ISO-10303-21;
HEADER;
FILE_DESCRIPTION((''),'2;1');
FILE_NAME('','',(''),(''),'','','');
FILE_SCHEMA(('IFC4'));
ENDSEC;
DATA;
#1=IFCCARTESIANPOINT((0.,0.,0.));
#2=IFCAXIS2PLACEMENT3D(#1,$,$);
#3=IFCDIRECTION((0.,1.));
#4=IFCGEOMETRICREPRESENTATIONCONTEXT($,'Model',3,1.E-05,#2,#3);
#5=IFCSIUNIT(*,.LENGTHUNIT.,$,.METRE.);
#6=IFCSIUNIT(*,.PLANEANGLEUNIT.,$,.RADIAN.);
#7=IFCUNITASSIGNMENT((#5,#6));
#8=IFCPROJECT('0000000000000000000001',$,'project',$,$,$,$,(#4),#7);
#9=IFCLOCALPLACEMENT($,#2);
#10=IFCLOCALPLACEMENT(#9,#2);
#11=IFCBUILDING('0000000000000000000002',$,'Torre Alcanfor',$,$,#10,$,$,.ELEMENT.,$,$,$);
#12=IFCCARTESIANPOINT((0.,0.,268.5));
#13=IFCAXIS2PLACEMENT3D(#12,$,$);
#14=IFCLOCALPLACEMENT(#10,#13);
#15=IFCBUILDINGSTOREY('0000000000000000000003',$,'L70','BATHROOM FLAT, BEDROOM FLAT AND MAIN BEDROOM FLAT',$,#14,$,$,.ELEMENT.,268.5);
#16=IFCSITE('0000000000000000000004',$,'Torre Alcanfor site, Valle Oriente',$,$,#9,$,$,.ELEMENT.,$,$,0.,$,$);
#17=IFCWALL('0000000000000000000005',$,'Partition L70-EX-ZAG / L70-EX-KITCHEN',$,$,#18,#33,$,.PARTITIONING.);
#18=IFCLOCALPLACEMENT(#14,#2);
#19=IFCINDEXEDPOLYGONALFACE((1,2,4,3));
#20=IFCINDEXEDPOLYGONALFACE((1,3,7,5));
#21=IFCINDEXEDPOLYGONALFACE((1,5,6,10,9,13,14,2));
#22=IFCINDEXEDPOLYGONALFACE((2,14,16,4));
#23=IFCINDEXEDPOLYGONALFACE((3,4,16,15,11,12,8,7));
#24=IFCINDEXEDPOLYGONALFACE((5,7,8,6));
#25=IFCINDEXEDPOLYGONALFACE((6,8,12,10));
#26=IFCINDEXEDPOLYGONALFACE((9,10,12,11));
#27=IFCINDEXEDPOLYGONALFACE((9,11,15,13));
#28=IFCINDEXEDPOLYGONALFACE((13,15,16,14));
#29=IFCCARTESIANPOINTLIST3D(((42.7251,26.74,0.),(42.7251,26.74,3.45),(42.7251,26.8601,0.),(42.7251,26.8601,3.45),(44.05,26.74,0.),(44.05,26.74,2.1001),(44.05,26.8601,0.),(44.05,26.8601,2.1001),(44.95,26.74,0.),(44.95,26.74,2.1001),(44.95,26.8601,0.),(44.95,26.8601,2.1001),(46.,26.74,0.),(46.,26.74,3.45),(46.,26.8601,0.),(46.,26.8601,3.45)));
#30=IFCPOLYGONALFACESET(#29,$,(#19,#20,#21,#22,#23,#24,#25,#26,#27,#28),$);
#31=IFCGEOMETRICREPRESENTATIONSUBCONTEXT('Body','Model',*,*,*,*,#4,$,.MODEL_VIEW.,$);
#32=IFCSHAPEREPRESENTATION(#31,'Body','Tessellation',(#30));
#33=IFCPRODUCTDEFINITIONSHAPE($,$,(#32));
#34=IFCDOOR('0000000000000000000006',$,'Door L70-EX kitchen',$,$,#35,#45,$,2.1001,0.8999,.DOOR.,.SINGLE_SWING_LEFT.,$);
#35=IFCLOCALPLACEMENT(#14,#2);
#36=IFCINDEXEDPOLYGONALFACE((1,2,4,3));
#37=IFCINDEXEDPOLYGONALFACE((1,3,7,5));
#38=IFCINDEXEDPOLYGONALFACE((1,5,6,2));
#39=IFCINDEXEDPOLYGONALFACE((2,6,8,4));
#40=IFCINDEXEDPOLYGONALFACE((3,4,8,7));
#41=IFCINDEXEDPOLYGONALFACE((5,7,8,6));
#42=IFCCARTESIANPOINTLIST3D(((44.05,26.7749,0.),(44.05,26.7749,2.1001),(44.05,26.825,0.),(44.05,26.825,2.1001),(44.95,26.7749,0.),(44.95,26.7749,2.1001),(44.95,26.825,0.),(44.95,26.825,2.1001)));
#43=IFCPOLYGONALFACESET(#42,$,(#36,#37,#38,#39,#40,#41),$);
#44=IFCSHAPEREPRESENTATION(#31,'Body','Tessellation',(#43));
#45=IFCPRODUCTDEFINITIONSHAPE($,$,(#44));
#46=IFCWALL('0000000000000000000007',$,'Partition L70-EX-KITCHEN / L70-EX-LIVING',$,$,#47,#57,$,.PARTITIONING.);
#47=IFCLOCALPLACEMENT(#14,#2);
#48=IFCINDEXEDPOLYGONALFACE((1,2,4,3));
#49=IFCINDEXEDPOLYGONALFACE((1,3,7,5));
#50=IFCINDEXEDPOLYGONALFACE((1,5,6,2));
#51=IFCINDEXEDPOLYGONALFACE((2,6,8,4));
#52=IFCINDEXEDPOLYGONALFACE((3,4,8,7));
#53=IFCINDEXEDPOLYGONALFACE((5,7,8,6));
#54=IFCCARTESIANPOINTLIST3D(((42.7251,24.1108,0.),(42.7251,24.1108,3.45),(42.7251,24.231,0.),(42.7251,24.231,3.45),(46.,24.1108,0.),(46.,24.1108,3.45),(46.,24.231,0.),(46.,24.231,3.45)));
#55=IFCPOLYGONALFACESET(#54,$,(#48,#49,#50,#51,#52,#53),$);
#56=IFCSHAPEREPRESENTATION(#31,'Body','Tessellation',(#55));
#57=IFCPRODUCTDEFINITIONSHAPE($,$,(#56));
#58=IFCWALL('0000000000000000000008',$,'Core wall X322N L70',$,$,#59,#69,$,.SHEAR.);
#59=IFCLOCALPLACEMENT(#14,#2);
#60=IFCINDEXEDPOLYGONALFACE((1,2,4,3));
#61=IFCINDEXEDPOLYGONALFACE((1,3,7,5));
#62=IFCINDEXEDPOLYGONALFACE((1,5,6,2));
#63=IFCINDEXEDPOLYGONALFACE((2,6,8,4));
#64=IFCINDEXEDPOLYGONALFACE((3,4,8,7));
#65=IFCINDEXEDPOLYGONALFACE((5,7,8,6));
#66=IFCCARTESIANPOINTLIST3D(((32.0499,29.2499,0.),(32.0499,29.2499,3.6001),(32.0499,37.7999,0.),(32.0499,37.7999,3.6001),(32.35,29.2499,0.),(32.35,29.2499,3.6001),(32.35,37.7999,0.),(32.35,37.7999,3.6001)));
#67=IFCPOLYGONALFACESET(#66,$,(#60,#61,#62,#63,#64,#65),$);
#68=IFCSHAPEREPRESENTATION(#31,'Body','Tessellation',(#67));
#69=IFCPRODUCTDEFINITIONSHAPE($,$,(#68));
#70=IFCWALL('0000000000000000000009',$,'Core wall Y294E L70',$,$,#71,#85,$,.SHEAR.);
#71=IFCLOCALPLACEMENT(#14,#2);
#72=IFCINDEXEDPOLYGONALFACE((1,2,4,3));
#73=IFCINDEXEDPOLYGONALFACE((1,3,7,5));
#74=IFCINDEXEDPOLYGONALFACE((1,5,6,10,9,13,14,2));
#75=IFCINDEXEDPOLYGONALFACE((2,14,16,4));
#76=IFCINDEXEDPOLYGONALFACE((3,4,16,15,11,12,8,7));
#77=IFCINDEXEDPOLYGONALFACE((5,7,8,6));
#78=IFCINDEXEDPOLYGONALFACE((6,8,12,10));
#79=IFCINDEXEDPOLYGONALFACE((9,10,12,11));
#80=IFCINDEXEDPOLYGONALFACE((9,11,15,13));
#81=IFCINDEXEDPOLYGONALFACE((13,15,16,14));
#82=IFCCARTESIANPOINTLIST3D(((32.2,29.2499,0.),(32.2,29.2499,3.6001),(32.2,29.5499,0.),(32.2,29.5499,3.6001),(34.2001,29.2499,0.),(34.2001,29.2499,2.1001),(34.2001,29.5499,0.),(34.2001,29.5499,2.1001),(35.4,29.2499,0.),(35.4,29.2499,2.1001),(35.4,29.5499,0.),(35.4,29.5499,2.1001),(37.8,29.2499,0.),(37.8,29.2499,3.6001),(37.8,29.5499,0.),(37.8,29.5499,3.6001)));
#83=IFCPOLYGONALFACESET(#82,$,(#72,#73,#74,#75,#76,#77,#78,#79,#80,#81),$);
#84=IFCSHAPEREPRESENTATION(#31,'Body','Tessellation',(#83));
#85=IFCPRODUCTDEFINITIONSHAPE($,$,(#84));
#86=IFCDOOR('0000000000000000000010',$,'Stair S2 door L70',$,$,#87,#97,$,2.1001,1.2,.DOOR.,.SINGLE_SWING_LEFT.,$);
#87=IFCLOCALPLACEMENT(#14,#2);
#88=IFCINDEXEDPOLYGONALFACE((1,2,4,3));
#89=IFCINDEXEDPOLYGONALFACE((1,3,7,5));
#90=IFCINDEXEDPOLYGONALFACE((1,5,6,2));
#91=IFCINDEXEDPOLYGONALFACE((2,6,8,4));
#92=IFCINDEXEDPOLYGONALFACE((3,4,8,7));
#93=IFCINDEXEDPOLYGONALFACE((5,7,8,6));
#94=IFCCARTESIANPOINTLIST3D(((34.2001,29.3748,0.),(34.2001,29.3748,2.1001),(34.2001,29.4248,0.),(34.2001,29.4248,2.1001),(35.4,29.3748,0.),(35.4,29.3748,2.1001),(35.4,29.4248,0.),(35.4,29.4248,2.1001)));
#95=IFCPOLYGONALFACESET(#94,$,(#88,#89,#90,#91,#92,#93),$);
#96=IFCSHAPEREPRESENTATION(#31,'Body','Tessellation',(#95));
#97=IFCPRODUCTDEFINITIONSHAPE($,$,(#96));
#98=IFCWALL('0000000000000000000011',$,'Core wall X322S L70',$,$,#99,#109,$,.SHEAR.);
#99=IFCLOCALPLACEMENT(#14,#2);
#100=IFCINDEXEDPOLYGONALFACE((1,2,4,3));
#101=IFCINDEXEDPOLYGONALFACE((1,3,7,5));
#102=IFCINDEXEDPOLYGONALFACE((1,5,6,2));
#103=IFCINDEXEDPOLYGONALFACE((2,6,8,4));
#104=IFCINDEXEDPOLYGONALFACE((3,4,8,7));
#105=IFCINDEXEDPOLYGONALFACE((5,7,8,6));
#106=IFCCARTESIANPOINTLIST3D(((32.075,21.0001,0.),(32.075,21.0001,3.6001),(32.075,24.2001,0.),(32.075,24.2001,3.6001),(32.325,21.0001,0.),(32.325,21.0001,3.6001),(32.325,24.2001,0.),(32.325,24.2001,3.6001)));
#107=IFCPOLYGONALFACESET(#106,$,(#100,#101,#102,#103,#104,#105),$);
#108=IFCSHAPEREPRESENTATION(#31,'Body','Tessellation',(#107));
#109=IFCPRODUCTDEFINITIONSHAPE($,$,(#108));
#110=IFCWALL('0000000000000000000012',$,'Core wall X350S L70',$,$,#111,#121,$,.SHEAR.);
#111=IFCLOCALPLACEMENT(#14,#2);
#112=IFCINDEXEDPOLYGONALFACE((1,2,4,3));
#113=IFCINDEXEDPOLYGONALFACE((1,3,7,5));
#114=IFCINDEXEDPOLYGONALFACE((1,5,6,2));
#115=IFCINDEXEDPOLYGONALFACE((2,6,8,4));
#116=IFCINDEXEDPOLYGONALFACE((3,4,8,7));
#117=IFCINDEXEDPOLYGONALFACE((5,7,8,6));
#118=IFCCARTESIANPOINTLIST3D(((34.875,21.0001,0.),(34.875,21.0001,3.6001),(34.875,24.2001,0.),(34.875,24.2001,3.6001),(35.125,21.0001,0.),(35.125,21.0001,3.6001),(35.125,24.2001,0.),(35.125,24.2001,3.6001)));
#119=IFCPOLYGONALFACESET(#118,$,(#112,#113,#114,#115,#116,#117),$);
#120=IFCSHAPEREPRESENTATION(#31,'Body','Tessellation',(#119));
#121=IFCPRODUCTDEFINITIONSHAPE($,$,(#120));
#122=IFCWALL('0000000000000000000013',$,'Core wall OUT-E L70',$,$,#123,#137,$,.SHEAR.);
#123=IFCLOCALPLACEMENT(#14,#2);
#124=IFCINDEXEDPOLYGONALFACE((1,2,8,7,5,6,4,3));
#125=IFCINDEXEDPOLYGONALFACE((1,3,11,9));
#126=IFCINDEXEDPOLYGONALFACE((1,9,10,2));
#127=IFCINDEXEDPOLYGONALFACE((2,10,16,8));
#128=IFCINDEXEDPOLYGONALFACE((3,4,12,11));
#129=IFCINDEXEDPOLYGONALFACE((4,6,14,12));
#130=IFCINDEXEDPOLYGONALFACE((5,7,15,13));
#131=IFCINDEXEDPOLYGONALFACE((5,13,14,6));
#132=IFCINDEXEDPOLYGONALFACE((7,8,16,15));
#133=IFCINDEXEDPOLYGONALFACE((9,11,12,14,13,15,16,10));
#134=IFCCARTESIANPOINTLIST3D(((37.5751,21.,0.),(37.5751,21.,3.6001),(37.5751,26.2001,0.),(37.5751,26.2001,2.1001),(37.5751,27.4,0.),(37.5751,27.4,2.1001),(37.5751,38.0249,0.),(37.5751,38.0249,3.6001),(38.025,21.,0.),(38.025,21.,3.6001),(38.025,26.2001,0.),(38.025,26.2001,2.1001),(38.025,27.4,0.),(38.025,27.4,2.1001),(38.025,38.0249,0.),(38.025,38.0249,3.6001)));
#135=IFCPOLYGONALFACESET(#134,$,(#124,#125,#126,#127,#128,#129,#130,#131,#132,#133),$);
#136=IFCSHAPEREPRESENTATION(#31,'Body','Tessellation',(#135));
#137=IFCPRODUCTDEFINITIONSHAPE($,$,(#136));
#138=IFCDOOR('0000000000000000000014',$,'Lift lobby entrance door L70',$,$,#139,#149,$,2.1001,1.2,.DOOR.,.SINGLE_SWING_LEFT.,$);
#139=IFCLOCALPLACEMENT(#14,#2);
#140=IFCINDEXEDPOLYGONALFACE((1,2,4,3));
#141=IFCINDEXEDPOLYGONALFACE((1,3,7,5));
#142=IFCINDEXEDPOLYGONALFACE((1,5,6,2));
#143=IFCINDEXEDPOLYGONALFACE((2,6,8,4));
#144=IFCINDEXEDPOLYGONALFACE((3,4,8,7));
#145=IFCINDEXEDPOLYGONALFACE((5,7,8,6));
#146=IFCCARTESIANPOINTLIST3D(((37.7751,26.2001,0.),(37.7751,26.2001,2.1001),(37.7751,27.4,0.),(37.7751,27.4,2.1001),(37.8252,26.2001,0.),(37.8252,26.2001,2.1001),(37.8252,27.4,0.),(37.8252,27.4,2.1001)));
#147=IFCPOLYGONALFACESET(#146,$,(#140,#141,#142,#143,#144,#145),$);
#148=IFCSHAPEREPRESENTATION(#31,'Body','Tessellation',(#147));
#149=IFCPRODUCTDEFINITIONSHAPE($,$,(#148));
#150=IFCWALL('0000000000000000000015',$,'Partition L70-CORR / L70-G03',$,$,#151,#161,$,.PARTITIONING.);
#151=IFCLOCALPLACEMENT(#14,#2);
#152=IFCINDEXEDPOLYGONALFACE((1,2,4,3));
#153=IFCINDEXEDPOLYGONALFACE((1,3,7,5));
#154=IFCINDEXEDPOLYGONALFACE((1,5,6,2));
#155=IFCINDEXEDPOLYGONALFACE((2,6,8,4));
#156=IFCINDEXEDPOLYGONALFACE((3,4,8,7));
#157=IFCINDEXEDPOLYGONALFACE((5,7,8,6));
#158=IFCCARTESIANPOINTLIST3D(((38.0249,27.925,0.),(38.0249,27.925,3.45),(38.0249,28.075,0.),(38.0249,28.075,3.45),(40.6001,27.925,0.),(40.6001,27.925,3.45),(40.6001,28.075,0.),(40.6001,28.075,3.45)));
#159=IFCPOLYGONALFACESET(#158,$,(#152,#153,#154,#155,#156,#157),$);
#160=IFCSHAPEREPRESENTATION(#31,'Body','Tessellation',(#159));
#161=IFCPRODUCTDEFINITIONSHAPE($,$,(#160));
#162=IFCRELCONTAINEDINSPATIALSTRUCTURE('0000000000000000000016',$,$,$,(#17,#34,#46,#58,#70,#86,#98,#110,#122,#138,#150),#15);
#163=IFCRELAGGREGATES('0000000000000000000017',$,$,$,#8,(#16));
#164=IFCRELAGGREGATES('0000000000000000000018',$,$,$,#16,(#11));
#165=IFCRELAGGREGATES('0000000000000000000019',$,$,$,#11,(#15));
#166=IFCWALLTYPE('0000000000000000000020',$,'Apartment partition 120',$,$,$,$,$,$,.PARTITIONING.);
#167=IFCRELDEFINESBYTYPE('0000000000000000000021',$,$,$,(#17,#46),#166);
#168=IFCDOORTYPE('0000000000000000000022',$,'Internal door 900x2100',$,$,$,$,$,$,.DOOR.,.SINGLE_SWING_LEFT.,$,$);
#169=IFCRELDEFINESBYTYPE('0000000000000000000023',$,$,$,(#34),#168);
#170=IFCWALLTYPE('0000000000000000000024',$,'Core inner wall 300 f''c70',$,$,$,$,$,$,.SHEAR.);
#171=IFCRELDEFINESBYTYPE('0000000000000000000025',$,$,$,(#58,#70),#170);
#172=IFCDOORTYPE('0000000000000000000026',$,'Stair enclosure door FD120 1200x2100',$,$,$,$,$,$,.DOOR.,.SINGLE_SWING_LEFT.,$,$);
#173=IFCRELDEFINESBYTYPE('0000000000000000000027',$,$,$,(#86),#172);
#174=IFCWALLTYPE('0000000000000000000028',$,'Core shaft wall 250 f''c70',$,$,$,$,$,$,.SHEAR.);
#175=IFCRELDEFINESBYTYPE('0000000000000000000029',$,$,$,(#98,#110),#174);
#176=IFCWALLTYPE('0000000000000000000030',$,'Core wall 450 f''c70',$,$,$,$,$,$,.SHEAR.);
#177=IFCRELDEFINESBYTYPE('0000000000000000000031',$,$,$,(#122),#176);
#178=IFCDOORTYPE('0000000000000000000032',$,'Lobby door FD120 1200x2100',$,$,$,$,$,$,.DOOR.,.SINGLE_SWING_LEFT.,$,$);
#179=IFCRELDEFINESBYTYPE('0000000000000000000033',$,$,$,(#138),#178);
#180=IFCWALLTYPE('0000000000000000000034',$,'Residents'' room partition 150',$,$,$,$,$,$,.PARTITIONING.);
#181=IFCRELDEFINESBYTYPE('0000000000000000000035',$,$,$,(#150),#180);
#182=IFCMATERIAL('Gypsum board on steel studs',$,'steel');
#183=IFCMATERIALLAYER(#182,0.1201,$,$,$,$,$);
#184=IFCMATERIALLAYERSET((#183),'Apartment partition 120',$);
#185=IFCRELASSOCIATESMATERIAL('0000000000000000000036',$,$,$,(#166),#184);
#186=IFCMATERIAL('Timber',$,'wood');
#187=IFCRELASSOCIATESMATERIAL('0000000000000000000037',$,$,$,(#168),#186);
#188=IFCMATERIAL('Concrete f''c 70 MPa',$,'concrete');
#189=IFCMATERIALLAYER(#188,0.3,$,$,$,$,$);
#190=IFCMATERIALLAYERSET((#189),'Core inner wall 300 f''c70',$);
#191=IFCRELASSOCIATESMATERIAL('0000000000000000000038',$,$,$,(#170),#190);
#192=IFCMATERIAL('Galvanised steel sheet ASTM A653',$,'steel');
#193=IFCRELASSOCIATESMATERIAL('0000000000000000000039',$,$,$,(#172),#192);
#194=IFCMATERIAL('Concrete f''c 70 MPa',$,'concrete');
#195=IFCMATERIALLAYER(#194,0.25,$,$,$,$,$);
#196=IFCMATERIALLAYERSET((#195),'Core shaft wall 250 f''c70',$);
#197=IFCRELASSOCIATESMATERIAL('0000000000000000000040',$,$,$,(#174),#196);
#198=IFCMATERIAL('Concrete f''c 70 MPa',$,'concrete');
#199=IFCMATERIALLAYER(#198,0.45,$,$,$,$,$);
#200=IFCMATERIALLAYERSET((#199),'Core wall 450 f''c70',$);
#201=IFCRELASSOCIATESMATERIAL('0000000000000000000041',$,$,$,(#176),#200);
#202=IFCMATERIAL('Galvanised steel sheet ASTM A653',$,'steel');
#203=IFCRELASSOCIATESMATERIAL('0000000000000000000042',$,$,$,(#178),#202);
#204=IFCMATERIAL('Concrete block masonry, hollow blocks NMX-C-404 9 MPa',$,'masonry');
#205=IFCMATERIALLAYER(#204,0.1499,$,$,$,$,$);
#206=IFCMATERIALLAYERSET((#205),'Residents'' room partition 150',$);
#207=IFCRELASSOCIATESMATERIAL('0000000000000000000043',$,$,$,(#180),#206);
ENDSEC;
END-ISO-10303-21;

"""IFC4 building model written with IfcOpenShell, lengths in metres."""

from ifc_helpers import new_model, si_unit, direction, frame, frame_2d, origin, place, context, subcontext, project, spatial, rectangle, extrude, material, layer, layer_set, type_object, element, fill, save


model = new_model("IFC4")

# Units and contexts
model_context = context("Model", 3, precision=1e-05, world=origin(), true_north=direction((0.0, 1.0)))
body_context = subcontext(model_context, "Body", "Model", "MODEL_VIEW")
ifc_project = project(units=[si_unit("LENGTHUNIT", "METRE"), si_unit("PLANEANGLEUNIT", "RADIAN")], contexts=[model_context])

# Site, building, storey
site_placement = place(None, origin())
site = spatial("IfcSite", under=ifc_project, at=site_placement, Name="Torre Alcanfor site, Valle Oriente", CompositionType="ELEMENT", RefElevation=0.0)
building_placement = place(site_placement, origin())
building = spatial("IfcBuilding", under=site, at=building_placement, Name="Torre Alcanfor", CompositionType="ELEMENT")
storey_placement = place(building_placement, frame((0.0, 0.0, 268.5)))
storey = spatial("IfcBuildingStorey", under=building, at=storey_placement, Name="L70", Description="BATHROOM FLAT, BEDROOM FLAT AND MAIN BEDROOM FLAT", CompositionType="ELEMENT", Elevation=268.5)

# Wall, opening, door
ifc_material_1 = material(Name="Gypsum board on steel studs", Category="steel")
ifc_layer_1 = layer(ifc_material_1, 0.1201)
ifc_layer_set_1 = layer_set([ifc_layer_1], Name="Apartment partition 120")
wall_type_1 = type_object("IfcWallType", Name="Apartment partition 120", PredefinedType="PARTITIONING", material=ifc_layer_set_1)
wall_1_placement = place(storey_placement, frame((42.7251, 26.8, 0.0), z_axis=(0.0, 0.0, 1.0), x_axis=(1.0, 0.0, 0.0)))
wall_1 = element("IfcWall", 1, at=wall_1_placement, inside=storey, type_object=wall_type_1, Name="Partition L70-EX-ZAG / L70-EX-KITCHEN", PredefinedType="PARTITIONING", context=body_context, shape_type="SweptSolid", body=[
    extrude(rectangle(XDim=3.2749, YDim=0.1201, at=frame_2d((1.6375, 0.0))), origin(), (0.0, 0.0, 1.0), 3.45),
])
opening_1_placement = place(wall_1_placement, frame((1.325, 0.0, 0.0)))
opening_1 = element("IfcOpeningElement", 2, at=opening_1_placement, cuts=wall_1, PredefinedType="OPENING", context=body_context, shape_type="SweptSolid", body=[
    extrude(rectangle(XDim=0.8999, YDim=2.1001, at=frame_2d((0.45, 1.05))), frame((0.0, 0.0701, 0.0), z_axis=(0.0, -1.0, 0.0), x_axis=(1.0, 0.0, 0.0)), (0.0, 0.0, 1.0), 0.1401),
])
ifc_material_2 = material(Name="Timber", Category="wood")
door_type_1 = type_object("IfcDoorType", Name="Internal door 900x2100", OperationType="SINGLE_SWING_LEFT", PredefinedType="DOOR", material=ifc_material_2)
door_1_placement = place(opening_1_placement, frame((0.8999, 0.0, 0.0), z_axis=(0.0, 0.0, 1.0), x_axis=(-1.0, 0.0, 0.0)))
door_1 = element("IfcDoor", 3, at=door_1_placement, inside=storey, type_object=door_type_1, Name="Door L70-EX kitchen", OperationType="SINGLE_SWING_LEFT", OverallHeight=2.1001, OverallWidth=0.8999, PredefinedType="DOOR", context=body_context, shape_type="SweptSolid", body=[
    extrude(rectangle(XDim=0.8999, YDim=2.1001, at=frame_2d((0.45, 1.05))), frame((0.0, 0.0251, 0.0), z_axis=(0.0, -1.0, 0.0), x_axis=(1.0, 0.0, 0.0)), (0.0, 0.0, 1.0), 0.05),
])
fill(opening_1, door_1)

# Walls
wall_2_placement = place(storey_placement, frame((42.7251, 24.1709, 0.0), z_axis=(0.0, 0.0, 1.0), x_axis=(1.0, 0.0, 0.0)))
element("IfcWall", 4, at=wall_2_placement, inside=storey, type_object=wall_type_1, Name="Partition L70-EX-KITCHEN / L70-EX-LIVING", PredefinedType="PARTITIONING", context=body_context, shape_type="SweptSolid", body=[
    extrude(rectangle(XDim=3.2749, YDim=0.1201, at=frame_2d((1.6375, 0.0))), origin(), (0.0, 0.0, 1.0), 3.45),
])
ifc_material_3 = material(Name="Concrete f'c 70 MPa", Category="concrete")
ifc_layer_2 = layer(ifc_material_3, 0.3)
ifc_layer_set_2 = layer_set([ifc_layer_2], Name="Core inner wall 300 f'c70")
wall_type_2 = type_object("IfcWallType", Name="Core inner wall 300 f'c70", PredefinedType="SHEAR", material=ifc_layer_set_2)
wall_3_placement = place(storey_placement, frame((32.2, 29.25, 0.0), z_axis=(0.0, 0.0, 1.0), x_axis=(0.0, 1.0, 0.0)))
element("IfcWall", 5, at=wall_3_placement, inside=storey, type_object=wall_type_2, Name="Core wall X322N L70", PredefinedType="SHEAR", context=body_context, shape_type="SweptSolid", body=[
    extrude(rectangle(XDim=8.55, YDim=0.3, at=frame_2d((4.2749, 0.0))), origin(), (0.0, 0.0, 1.0), 3.6001),
])

# Wall, opening, door
wall_4_placement = place(storey_placement, frame((32.2, 29.3999, 0.0), z_axis=(0.0, 0.0, 1.0), x_axis=(1.0, 0.0, 0.0)))
wall_4 = element("IfcWall", 6, at=wall_4_placement, inside=storey, type_object=wall_type_2, Name="Core wall Y294E L70", PredefinedType="SHEAR", context=body_context, shape_type="SweptSolid", body=[
    extrude(rectangle(XDim=5.6001, YDim=0.3, at=frame_2d((2.8, 0.0))), origin(), (0.0, 0.0, 1.0), 3.6001),
])
opening_2_placement = place(wall_4_placement, frame((2.0, 0.0, 0.0)))
opening_2 = element("IfcOpeningElement", 7, at=opening_2_placement, cuts=wall_4, PredefinedType="OPENING", context=body_context, shape_type="SweptSolid", body=[
    extrude(rectangle(XDim=1.2, YDim=2.1001, at=frame_2d((0.6001, 1.05))), frame((0.0, 0.1599, 0.0), z_axis=(0.0, -1.0, 0.0), x_axis=(1.0, 0.0, 0.0)), (0.0, 0.0, 1.0), 0.3201),
])
ifc_material_4 = material(Name="Galvanised steel sheet ASTM A653", Category="steel")
door_type_2 = type_object("IfcDoorType", Name="Stair enclosure door FD120 1200x2100", OperationType="SINGLE_SWING_LEFT", PredefinedType="DOOR", material=ifc_material_4)
door_2_placement = place(opening_2_placement, origin())
door_2 = element("IfcDoor", 8, at=door_2_placement, inside=storey, type_object=door_type_2, Name="Stair S2 door L70", OperationType="SINGLE_SWING_LEFT", OverallHeight=2.1001, OverallWidth=1.2, PredefinedType="DOOR", context=body_context, shape_type="SweptSolid", body=[
    extrude(rectangle(XDim=1.2, YDim=2.1001, at=frame_2d((0.6001, 1.05))), frame((0.0, 0.0249, 0.0), z_axis=(0.0, -1.0, 0.0), x_axis=(1.0, 0.0, 0.0)), (0.0, 0.0, 1.0), 0.05),
])
fill(opening_2, door_2)

# Walls
ifc_material_5 = material(Name="Concrete f'c 70 MPa", Category="concrete")
ifc_layer_3 = layer(ifc_material_5, 0.25)
ifc_layer_set_3 = layer_set([ifc_layer_3], Name="Core shaft wall 250 f'c70")
wall_type_3 = type_object("IfcWallType", Name="Core shaft wall 250 f'c70", PredefinedType="SHEAR", material=ifc_layer_set_3)
for number, where, z_axis, x_axis, name in (
    (9, (32.2, 21.0, 0.0), (0.0, 0.0, 1.0), (0.0, 1.0, 0.0), "Core wall X322S L70"),
    (10, (35.0, 21.0, 0.0), (0.0, 0.0, 1.0), (0.0, 1.0, 0.0), "Core wall X350S L70"),
):
    element("IfcWall", number, at=place(storey_placement, frame(where, z_axis=z_axis, x_axis=x_axis)), inside=storey, type_object=wall_type_3, Name=name, PredefinedType="SHEAR", context=body_context, shape_type="SweptSolid", body=[
        extrude(rectangle(XDim=3.2, YDim=0.25, at=frame_2d((1.6001, 0.0))), origin(), (0.0, 0.0, 1.0), 3.6001),
    ])

# Wall, opening, door
ifc_material_6 = material(Name="Concrete f'c 70 MPa", Category="concrete")
ifc_layer_4 = layer(ifc_material_6, 0.45)
ifc_layer_set_4 = layer_set([ifc_layer_4], Name="Core wall 450 f'c70")
wall_type_4 = type_object("IfcWallType", Name="Core wall 450 f'c70", PredefinedType="SHEAR", material=ifc_layer_set_4)
wall_5_placement = place(storey_placement, frame((37.8, 21.0, 0.0), z_axis=(0.0, 0.0, 1.0), x_axis=(0.0, 1.0, 0.0)))
wall_5 = element("IfcWall", 11, at=wall_5_placement, inside=storey, type_object=wall_type_4, Name="Core wall OUT-E L70", PredefinedType="SHEAR", context=body_context, shape_type="SweptSolid", body=[
    extrude(rectangle(XDim=17.0249, YDim=0.45, at=frame_2d((8.5125, 0.0))), origin(), (0.0, 0.0, 1.0), 3.6001),
])
opening_3_placement = place(wall_5_placement, frame((5.2, 0.0, 0.0)))
opening_3 = element("IfcOpeningElement", 12, at=opening_3_placement, cuts=wall_5, PredefinedType="OPENING", context=body_context, shape_type="SweptSolid", body=[
    extrude(rectangle(XDim=1.2, YDim=2.1001, at=frame_2d((0.6001, 1.05))), frame((0.0, 0.2349, 0.0), z_axis=(0.0, -1.0, 0.0), x_axis=(1.0, 0.0, 0.0)), (0.0, 0.0, 1.0), 0.47),
])
ifc_material_7 = material(Name="Galvanised steel sheet ASTM A653", Category="steel")
door_type_3 = type_object("IfcDoorType", Name="Lobby door FD120 1200x2100", OperationType="SINGLE_SWING_LEFT", PredefinedType="DOOR", material=ifc_material_7)
door_3_placement = place(opening_3_placement, origin())
door_3 = element("IfcDoor", 13, at=door_3_placement, inside=storey, type_object=door_type_3, Name="Lift lobby entrance door L70", OperationType="SINGLE_SWING_LEFT", OverallHeight=2.1001, OverallWidth=1.2, PredefinedType="DOOR", context=body_context, shape_type="SweptSolid", body=[
    extrude(rectangle(XDim=1.2, YDim=2.1001, at=frame_2d((0.6001, 1.05))), frame((0.0, 0.0249, 0.0), z_axis=(0.0, -1.0, 0.0), x_axis=(1.0, 0.0, 0.0)), (0.0, 0.0, 1.0), 0.05),
])
fill(opening_3, door_3)

# Wall
ifc_material_8 = material(Name="Concrete block masonry, hollow blocks NMX-C-404 9 MPa", Category="masonry")
ifc_layer_5 = layer(ifc_material_8, 0.1499)
ifc_layer_set_5 = layer_set([ifc_layer_5], Name="Residents' room partition 150")
wall_type_5 = type_object("IfcWallType", Name="Residents' room partition 150", PredefinedType="PARTITIONING", material=ifc_layer_set_5)
wall_6_placement = place(storey_placement, frame((38.0249, 28.0, 0.0), z_axis=(0.0, 0.0, 1.0), x_axis=(1.0, 0.0, 0.0)))
element("IfcWall", 14, at=wall_6_placement, inside=storey, type_object=wall_type_5, Name="Partition L70-CORR / L70-G03", PredefinedType="PARTITIONING", context=body_context, shape_type="SweptSolid", body=[
    extrude(rectangle(XDim=2.5752, YDim=0.1499, at=frame_2d((1.2876, 0.0))), origin(), (0.0, 0.0, 1.0), 3.45),
])

save(model, "model.ifc")
